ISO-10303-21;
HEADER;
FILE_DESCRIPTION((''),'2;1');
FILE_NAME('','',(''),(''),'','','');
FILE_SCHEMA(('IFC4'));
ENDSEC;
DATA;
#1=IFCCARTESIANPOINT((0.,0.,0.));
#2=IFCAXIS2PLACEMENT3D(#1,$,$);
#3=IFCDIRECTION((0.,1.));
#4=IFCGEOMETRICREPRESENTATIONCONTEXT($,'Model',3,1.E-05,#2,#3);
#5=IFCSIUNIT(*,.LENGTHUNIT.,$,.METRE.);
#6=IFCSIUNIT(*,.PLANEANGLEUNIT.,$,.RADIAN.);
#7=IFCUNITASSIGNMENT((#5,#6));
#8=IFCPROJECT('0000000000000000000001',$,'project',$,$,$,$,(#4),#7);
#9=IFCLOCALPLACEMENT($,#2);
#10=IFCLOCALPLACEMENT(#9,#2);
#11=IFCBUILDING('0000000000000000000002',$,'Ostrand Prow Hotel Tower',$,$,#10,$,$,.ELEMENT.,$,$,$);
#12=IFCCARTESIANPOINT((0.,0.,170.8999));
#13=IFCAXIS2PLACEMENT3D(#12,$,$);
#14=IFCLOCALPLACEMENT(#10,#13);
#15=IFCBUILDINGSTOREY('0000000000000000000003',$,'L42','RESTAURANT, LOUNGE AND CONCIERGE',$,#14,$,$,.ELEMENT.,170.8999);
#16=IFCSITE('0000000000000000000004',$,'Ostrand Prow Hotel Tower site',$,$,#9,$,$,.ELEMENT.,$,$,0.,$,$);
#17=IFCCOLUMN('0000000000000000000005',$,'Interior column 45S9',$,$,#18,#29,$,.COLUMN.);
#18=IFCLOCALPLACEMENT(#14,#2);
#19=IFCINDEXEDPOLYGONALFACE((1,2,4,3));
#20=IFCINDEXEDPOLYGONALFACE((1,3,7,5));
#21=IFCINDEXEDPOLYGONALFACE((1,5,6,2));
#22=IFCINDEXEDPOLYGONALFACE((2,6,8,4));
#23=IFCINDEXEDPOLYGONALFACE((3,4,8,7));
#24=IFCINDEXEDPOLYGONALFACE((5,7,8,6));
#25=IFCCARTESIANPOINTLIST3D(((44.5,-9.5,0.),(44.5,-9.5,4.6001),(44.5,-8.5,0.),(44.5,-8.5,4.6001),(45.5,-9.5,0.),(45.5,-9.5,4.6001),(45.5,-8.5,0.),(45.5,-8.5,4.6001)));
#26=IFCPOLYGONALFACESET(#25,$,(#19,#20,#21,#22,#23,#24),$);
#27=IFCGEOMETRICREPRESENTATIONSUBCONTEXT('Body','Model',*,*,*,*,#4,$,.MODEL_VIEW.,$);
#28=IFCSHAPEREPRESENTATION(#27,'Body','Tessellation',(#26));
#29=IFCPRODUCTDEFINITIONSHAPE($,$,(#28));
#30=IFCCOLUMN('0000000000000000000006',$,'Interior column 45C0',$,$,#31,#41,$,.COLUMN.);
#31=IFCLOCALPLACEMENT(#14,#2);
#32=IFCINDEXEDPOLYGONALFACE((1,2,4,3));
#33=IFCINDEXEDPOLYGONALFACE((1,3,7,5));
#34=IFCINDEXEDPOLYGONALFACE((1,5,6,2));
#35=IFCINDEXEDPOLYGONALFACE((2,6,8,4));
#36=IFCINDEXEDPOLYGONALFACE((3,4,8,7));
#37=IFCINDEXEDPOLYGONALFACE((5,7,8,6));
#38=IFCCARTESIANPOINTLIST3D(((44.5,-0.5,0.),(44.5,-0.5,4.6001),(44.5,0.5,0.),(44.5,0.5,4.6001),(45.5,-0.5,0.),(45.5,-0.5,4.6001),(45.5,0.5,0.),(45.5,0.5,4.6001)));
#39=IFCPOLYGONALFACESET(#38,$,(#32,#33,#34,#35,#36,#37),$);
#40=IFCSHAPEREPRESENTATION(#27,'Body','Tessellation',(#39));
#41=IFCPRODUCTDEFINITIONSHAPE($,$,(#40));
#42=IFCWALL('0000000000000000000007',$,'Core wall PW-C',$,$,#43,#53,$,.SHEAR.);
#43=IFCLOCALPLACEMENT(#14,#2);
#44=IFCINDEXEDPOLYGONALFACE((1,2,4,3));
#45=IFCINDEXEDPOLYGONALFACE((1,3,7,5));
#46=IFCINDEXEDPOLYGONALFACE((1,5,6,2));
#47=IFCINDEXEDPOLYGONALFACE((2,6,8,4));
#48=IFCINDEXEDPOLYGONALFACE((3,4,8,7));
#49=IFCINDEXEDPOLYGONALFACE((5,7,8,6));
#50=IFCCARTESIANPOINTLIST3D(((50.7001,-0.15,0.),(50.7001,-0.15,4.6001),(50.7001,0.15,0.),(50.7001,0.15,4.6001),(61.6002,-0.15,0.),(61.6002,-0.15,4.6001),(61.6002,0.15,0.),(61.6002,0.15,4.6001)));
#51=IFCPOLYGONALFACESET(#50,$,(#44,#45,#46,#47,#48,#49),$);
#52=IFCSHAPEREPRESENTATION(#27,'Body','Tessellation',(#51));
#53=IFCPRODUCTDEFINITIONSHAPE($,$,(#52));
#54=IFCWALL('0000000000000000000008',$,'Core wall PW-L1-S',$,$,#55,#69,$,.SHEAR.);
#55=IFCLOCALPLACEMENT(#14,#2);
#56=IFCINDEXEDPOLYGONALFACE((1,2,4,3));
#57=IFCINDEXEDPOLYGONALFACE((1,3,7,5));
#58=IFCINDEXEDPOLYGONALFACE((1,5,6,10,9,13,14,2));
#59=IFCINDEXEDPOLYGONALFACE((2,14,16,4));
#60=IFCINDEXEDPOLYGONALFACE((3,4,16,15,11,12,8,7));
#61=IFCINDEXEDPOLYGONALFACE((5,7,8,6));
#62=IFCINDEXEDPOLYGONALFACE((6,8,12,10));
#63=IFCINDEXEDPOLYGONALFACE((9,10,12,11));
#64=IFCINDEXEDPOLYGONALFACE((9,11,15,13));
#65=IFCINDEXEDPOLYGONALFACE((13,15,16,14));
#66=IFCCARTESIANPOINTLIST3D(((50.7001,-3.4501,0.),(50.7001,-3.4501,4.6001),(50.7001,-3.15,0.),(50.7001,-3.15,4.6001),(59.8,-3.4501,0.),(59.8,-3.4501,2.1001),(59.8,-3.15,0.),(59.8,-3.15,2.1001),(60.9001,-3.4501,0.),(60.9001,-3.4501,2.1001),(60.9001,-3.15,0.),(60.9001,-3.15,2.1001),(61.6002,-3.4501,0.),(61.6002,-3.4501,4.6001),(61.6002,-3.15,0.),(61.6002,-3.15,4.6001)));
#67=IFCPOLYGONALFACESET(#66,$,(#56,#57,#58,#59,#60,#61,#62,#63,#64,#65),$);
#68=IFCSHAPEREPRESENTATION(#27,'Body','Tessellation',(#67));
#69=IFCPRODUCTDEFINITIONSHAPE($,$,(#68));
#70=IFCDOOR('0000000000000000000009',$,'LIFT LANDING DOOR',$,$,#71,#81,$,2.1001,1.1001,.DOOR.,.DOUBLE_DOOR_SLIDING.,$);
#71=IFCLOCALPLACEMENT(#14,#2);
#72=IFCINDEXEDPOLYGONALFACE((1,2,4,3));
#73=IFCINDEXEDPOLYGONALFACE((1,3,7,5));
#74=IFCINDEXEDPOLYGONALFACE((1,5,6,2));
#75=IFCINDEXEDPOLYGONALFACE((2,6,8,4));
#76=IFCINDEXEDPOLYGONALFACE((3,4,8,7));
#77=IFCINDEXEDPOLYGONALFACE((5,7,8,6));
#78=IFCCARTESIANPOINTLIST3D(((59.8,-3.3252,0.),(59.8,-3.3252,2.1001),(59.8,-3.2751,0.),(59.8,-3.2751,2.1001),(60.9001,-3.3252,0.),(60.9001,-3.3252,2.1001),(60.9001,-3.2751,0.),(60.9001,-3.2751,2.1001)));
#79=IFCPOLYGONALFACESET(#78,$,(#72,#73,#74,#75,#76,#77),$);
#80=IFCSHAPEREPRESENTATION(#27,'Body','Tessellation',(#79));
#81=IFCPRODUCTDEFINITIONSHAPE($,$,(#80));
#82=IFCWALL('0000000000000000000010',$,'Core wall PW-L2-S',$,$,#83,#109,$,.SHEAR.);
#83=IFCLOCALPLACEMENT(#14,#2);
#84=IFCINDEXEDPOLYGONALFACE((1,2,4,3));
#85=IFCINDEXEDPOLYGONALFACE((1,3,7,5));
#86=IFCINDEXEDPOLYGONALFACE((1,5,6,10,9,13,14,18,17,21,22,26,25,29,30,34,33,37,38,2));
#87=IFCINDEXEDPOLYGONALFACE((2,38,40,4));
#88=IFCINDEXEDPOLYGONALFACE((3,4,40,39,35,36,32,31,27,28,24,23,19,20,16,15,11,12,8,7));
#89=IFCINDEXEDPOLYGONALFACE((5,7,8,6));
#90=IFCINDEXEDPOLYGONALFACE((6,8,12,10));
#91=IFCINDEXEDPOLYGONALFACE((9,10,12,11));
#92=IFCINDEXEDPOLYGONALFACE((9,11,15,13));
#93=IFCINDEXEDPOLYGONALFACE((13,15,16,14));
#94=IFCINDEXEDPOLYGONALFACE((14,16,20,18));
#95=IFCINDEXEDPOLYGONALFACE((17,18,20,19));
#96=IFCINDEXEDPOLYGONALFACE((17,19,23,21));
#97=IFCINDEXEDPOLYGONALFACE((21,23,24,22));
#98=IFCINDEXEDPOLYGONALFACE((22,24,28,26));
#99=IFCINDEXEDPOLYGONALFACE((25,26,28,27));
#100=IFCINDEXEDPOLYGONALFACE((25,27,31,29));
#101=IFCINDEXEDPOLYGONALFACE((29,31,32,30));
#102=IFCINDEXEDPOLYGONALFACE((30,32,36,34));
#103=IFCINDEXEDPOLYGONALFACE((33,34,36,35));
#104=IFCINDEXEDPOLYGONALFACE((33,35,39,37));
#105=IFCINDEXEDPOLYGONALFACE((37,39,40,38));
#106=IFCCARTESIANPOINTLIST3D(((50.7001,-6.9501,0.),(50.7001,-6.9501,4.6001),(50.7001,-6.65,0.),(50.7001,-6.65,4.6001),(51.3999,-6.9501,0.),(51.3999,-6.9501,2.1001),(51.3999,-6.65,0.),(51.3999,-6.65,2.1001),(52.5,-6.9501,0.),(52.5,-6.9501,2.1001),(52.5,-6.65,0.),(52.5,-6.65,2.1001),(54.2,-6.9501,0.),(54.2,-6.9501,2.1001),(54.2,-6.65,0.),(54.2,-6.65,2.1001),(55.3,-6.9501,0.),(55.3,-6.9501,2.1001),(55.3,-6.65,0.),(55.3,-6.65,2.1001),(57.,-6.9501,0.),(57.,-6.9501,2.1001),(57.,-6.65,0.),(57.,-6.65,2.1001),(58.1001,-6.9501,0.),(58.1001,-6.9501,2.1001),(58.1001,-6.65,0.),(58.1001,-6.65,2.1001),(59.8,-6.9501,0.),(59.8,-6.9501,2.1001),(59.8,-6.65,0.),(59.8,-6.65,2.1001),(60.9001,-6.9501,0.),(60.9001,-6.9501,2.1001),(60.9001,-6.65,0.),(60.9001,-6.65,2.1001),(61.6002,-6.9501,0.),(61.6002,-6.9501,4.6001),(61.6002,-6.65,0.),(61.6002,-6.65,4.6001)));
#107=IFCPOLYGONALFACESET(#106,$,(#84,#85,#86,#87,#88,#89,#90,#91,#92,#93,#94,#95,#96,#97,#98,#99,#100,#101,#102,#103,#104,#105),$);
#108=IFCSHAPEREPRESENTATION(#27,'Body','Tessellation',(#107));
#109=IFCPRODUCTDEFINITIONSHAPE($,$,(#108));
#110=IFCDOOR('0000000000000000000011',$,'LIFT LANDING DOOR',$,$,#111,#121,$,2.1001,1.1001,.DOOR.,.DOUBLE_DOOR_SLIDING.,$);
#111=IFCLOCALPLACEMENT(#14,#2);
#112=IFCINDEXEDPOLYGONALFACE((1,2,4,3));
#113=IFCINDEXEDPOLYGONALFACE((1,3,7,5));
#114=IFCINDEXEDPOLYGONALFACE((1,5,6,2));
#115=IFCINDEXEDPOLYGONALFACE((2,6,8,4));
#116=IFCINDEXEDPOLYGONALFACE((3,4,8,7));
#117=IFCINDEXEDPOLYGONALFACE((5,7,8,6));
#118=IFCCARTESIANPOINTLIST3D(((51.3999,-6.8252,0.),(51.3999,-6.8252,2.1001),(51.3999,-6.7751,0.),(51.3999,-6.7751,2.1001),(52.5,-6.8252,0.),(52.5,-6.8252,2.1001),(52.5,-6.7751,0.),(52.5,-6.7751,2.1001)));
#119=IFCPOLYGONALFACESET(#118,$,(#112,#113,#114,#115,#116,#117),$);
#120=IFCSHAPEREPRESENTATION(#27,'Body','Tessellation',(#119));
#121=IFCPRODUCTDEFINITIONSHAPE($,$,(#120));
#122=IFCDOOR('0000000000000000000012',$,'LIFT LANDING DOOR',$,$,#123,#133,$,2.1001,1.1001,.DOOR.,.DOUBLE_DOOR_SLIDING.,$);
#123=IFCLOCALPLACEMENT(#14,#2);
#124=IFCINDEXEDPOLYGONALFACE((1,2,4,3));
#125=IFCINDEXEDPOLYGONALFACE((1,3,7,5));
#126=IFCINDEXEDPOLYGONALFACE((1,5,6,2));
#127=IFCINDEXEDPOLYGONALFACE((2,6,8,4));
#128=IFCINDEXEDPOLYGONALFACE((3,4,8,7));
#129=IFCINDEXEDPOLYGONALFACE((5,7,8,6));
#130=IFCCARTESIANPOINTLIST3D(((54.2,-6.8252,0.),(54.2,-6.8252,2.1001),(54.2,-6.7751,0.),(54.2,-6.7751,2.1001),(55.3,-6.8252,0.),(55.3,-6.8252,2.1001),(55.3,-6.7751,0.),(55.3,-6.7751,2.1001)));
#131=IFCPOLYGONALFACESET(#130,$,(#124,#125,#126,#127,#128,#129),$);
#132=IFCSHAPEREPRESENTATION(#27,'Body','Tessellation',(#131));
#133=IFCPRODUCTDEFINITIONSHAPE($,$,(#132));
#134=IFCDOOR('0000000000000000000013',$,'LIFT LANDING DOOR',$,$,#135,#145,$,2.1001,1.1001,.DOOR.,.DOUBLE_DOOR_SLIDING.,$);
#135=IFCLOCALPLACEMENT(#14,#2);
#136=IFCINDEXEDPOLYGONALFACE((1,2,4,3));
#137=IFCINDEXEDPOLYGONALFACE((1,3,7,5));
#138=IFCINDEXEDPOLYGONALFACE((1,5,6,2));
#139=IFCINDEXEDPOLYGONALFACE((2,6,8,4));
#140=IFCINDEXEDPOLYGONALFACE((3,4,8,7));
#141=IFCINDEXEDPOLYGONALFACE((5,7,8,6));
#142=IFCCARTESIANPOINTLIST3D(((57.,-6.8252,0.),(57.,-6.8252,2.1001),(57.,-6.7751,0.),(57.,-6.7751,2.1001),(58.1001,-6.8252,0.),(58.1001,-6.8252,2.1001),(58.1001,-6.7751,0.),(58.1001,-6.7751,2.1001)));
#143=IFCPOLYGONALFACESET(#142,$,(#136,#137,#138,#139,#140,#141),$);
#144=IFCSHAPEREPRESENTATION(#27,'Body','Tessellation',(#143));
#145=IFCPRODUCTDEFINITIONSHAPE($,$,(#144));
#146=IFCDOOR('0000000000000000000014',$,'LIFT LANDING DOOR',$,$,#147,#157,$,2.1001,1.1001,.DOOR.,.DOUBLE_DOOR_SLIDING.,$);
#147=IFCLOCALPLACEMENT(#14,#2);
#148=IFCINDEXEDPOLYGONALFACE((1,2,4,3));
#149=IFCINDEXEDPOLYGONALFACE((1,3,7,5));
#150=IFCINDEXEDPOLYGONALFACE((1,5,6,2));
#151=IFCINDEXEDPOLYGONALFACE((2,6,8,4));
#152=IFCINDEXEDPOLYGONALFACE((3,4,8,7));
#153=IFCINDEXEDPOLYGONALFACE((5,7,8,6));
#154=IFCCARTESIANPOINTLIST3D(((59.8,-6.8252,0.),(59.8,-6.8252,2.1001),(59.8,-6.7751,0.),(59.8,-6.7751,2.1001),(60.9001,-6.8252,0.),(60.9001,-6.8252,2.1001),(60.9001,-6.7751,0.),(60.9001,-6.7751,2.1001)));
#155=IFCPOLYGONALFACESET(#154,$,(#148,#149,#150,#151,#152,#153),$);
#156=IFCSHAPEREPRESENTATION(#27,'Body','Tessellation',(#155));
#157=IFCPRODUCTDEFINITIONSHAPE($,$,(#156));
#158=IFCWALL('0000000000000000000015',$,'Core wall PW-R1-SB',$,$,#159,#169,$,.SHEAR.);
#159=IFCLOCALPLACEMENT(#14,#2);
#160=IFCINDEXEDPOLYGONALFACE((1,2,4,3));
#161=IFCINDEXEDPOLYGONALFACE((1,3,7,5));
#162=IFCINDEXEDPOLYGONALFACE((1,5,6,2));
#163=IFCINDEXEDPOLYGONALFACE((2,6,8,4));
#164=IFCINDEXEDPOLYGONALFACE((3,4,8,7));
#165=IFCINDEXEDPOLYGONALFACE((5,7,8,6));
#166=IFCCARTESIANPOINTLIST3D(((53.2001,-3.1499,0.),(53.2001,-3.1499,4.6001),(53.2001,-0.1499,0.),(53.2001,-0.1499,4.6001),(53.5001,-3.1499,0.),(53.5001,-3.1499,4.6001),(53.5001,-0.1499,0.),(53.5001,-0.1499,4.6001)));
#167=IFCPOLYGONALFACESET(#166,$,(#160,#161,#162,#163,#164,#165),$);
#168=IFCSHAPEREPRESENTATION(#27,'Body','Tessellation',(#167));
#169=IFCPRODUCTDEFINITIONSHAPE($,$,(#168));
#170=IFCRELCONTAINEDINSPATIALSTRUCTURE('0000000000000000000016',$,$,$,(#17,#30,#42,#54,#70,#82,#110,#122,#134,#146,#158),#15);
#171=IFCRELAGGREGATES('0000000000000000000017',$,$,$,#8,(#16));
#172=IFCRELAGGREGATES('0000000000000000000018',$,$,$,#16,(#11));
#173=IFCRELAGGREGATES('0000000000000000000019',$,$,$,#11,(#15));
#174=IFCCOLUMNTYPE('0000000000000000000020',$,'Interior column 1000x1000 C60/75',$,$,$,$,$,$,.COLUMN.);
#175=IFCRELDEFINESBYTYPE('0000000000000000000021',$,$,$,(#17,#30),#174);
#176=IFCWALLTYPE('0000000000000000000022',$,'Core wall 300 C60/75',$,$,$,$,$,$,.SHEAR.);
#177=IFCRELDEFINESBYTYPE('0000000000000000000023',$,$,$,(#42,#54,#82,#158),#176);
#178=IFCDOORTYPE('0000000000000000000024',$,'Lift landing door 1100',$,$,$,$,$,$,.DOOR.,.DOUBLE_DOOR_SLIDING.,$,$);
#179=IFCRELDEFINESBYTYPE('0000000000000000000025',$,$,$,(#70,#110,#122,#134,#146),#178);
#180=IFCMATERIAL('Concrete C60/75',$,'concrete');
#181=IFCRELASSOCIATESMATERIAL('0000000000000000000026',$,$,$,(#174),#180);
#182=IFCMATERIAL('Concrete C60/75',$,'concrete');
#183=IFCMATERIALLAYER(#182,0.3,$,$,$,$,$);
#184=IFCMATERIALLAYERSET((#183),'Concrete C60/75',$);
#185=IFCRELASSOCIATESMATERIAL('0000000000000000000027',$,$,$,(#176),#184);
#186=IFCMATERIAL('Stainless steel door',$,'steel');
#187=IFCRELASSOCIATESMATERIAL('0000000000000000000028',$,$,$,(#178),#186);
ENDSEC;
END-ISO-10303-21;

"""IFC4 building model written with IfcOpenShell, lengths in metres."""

from ifc_helpers import new_model, si_unit, direction, frame, frame_2d, origin, origin_2d, place, context, subcontext, project, spatial, rectangle, extrude, material, layer, layer_set, material_profile, profile_set, type_object, element, fill, save


model = new_model("IFC4")

# Units and contexts
model_context = context("Model", 3, precision=1e-05, world=origin(), true_north=direction((0.0, 1.0)))
body_context = subcontext(model_context, "Body", "Model", "MODEL_VIEW")
ifc_project = project(units=[si_unit("LENGTHUNIT", "METRE"), si_unit("PLANEANGLEUNIT", "RADIAN")], contexts=[model_context])

# Site, building, storey
site_placement = place(None, origin())
site = spatial("IfcSite", under=ifc_project, at=site_placement, Name="Ostrand Prow Hotel Tower site", CompositionType="ELEMENT", RefElevation=0.0)
building_placement = place(site_placement, origin())
building = spatial("IfcBuilding", under=site, at=building_placement, Name="Ostrand Prow Hotel Tower", CompositionType="ELEMENT")
storey_placement = place(building_placement, frame((0.0, 0.0, 170.8999)))
storey = spatial("IfcBuildingStorey", under=building, at=storey_placement, Name="L42", Description="RESTAURANT, LOUNGE AND CONCIERGE", CompositionType="ELEMENT", Elevation=170.8999)

# Columns
ifc_material_1 = material(Name="Concrete C60/75", Category="concrete")
ifc_material_profile = material_profile(ifc_material_1, rectangle(XDim=1.0, YDim=1.0, at=origin_2d()), Name="RC 1000x1000")
ifc_profile_set = profile_set([ifc_material_profile], Name="Concrete C60/75")
column_type = type_object("IfcColumnType", Name="Interior column 1000x1000 C60/75", PredefinedType="COLUMN", material=ifc_profile_set)
for number, where, z_axis, x_axis, name in (
    (1, (45.0, -9.0, 0.0), (0.0, 0.0, 1.0), (1.0, 0.0, 0.0), "Interior column 45S9"),
    (2, (45.0, 0.0, 0.0), (0.0, 0.0, 1.0), (1.0, 0.0, 0.0), "Interior column 45C0"),
):
    element("IfcColumn", number, at=place(storey_placement, frame(where, z_axis=z_axis, x_axis=x_axis)), inside=storey, type_object=column_type, Name=name, PredefinedType="COLUMN", context=body_context, shape_type="SweptSolid", body=[
        extrude(rectangle(XDim=1.0, YDim=1.0, at=origin_2d()), origin(), (0.0, 0.0, 1.0), 4.6001),
    ])

# Wall
ifc_material_2 = material(Name="Concrete C60/75", Category="concrete")
ifc_layer_1 = layer(ifc_material_2, 0.3)
ifc_layer_set_1 = layer_set([ifc_layer_1], Name="Concrete C60/75")
wall_type_1 = type_object("IfcWallType", Name="Core wall 300 C60/75", PredefinedType="SHEAR", material=ifc_layer_set_1)
wall_1_placement = place(storey_placement, frame((50.7, 0.0, 0.0), z_axis=(0.0, 0.0, 1.0), x_axis=(1.0, 0.0, 0.0)))
element("IfcWall", 3, at=wall_1_placement, inside=storey, type_object=wall_type_1, Name="Core wall PW-C", PredefinedType="SHEAR", context=body_context, shape_type="SweptSolid", body=[
    extrude(rectangle(XDim=10.9001, YDim=0.3, at=frame_2d((5.4502, 0.0))), origin(), (0.0, 0.0, 1.0), 4.6001),
])

# Wall, opening, door
wall_2_placement = place(storey_placement, frame((50.7, -3.3, 0.0), z_axis=(0.0, 0.0, 1.0), x_axis=(1.0, 0.0, 0.0)))
wall_2 = element("IfcWall", 4, at=wall_2_placement, inside=storey, type_object=wall_type_1, Name="Core wall PW-L1-S", PredefinedType="SHEAR", context=body_context, shape_type="SweptSolid", body=[
    extrude(rectangle(XDim=10.9001, YDim=0.3, at=frame_2d((5.4502, 0.0))), origin(), (0.0, 0.0, 1.0), 4.6001),
])
opening_1_placement = place(wall_2_placement, frame((9.1001, 0.0, 0.0)))
opening_1 = element("IfcOpeningElement", 5, at=opening_1_placement, cuts=wall_2, PredefinedType="OPENING", context=body_context, shape_type="SweptSolid", body=[
    extrude(rectangle(XDim=1.1001, YDim=2.1001, at=frame_2d((0.55, 1.05))), frame((0.0, 0.1599, 0.0), z_axis=(0.0, -1.0, 0.0), x_axis=(1.0, 0.0, 0.0)), (0.0, 0.0, 1.0), 0.3201),
])
ifc_material_3 = material(Name="Stainless steel door", Category="steel")
door_type_1 = type_object("IfcDoorType", Name="Lift landing door 1100", OperationType="DOUBLE_DOOR_SLIDING", PredefinedType="DOOR", material=ifc_material_3)
door_1_placement = place(opening_1_placement, origin())
door_1 = element("IfcDoor", 6, at=door_1_placement, inside=storey, type_object=door_type_1, Name="LIFT LANDING DOOR", OperationType="DOUBLE_DOOR_SLIDING", OverallHeight=2.1001, OverallWidth=1.1001, PredefinedType="DOOR", context=body_context, shape_type="SweptSolid", body=[
    extrude(rectangle(XDim=1.1001, YDim=2.1001, at=frame_2d((0.55, 1.05))), frame((0.0, 0.0249, 0.0), z_axis=(0.0, -1.0, 0.0), x_axis=(1.0, 0.0, 0.0)), (0.0, 0.0, 1.0), 0.05),
])
fill(opening_1, door_1)

# Wall, openings, doors
wall_3_placement = place(storey_placement, frame((50.7, -6.8, 0.0), z_axis=(0.0, 0.0, 1.0), x_axis=(1.0, 0.0, 0.0)))
wall_3 = element("IfcWall", 7, at=wall_3_placement, inside=storey, type_object=wall_type_1, Name="Core wall PW-L2-S", PredefinedType="SHEAR", context=body_context, shape_type="SweptSolid", body=[
    extrude(rectangle(XDim=10.9001, YDim=0.3, at=frame_2d((5.4502, 0.0))), origin(), (0.0, 0.0, 1.0), 4.6001),
])
opening_2_placement = place(wall_3_placement, frame((0.7, 0.0, 0.0)))
opening_2 = element("IfcOpeningElement", 8, at=opening_2_placement, cuts=wall_3, PredefinedType="OPENING", context=body_context, shape_type="SweptSolid", body=[
    extrude(rectangle(XDim=1.1001, YDim=2.1001, at=frame_2d((0.55, 1.05))), frame((0.0, 0.1599, 0.0), z_axis=(0.0, -1.0, 0.0), x_axis=(1.0, 0.0, 0.0)), (0.0, 0.0, 1.0), 0.3201),
])
opening_3_placement = place(wall_3_placement, frame((3.5, 0.0, 0.0)))
opening_3 = element("IfcOpeningElement", 9, at=opening_3_placement, cuts=wall_3, PredefinedType="OPENING", context=body_context, shape_type="SweptSolid", body=[
    extrude(rectangle(XDim=1.1001, YDim=2.1001, at=frame_2d((0.55, 1.05))), frame((0.0, 0.1599, 0.0), z_axis=(0.0, -1.0, 0.0), x_axis=(1.0, 0.0, 0.0)), (0.0, 0.0, 1.0), 0.3201),
])
opening_4_placement = place(wall_3_placement, frame((6.3, 0.0, 0.0)))
opening_4 = element("IfcOpeningElement", 10, at=opening_4_placement, cuts=wall_3, PredefinedType="OPENING", context=body_context, shape_type="SweptSolid", body=[
    extrude(rectangle(XDim=1.1001, YDim=2.1001, at=frame_2d((0.55, 1.05))), frame((0.0, 0.1599, 0.0), z_axis=(0.0, -1.0, 0.0), x_axis=(1.0, 0.0, 0.0)), (0.0, 0.0, 1.0), 0.3201),
])
opening_5_placement = place(wall_3_placement, frame((9.1001, 0.0, 0.0)))
opening_5 = element("IfcOpeningElement", 11, at=opening_5_placement, cuts=wall_3, PredefinedType="OPENING", context=body_context, shape_type="SweptSolid", body=[
    extrude(rectangle(XDim=1.1001, YDim=2.1001, at=frame_2d((0.55, 1.05))), frame((0.0, 0.1599, 0.0), z_axis=(0.0, -1.0, 0.0), x_axis=(1.0, 0.0, 0.0)), (0.0, 0.0, 1.0), 0.3201),
])
door_2_placement = place(opening_2_placement, origin())
door_2 = element("IfcDoor", 12, at=door_2_placement, inside=storey, type_object=door_type_1, Name="LIFT LANDING DOOR", OperationType="DOUBLE_DOOR_SLIDING", OverallHeight=2.1001, OverallWidth=1.1001, PredefinedType="DOOR", context=body_context, shape_type="SweptSolid", body=[
    extrude(rectangle(XDim=1.1001, YDim=2.1001, at=frame_2d((0.55, 1.05))), frame((0.0, 0.0249, 0.0), z_axis=(0.0, -1.0, 0.0), x_axis=(1.0, 0.0, 0.0)), (0.0, 0.0, 1.0), 0.05),
])
fill(opening_2, door_2)
door_3_placement = place(opening_3_placement, origin())
door_3 = element("IfcDoor", 13, at=door_3_placement, inside=storey, type_object=door_type_1, Name="LIFT LANDING DOOR", OperationType="DOUBLE_DOOR_SLIDING", OverallHeight=2.1001, OverallWidth=1.1001, PredefinedType="DOOR", context=body_context, shape_type="SweptSolid", body=[
    extrude(rectangle(XDim=1.1001, YDim=2.1001, at=frame_2d((0.55, 1.05))), frame((0.0, 0.0249, 0.0), z_axis=(0.0, -1.0, 0.0), x_axis=(1.0, 0.0, 0.0)), (0.0, 0.0, 1.0), 0.05),
])
fill(opening_3, door_3)
door_4_placement = place(opening_4_placement, origin())
door_4 = element("IfcDoor", 14, at=door_4_placement, inside=storey, type_object=door_type_1, Name="LIFT LANDING DOOR", OperationType="DOUBLE_DOOR_SLIDING", OverallHeight=2.1001, OverallWidth=1.1001, PredefinedType="DOOR", context=body_context, shape_type="SweptSolid", body=[
    extrude(rectangle(XDim=1.1001, YDim=2.1001, at=frame_2d((0.55, 1.05))), frame((0.0, 0.0249, 0.0), z_axis=(0.0, -1.0, 0.0), x_axis=(1.0, 0.0, 0.0)), (0.0, 0.0, 1.0), 0.05),
])
fill(opening_4, door_4)
door_5_placement = place(opening_5_placement, origin())
door_5 = element("IfcDoor", 15, at=door_5_placement, inside=storey, type_object=door_type_1, Name="LIFT LANDING DOOR", OperationType="DOUBLE_DOOR_SLIDING", OverallHeight=2.1001, OverallWidth=1.1001, PredefinedType="DOOR", context=body_context, shape_type="SweptSolid", body=[
    extrude(rectangle(XDim=1.1001, YDim=2.1001, at=frame_2d((0.55, 1.05))), frame((0.0, 0.0249, 0.0), z_axis=(0.0, -1.0, 0.0), x_axis=(1.0, 0.0, 0.0)), (0.0, 0.0, 1.0), 0.05),
])
fill(opening_5, door_5)

# Wall
for number, where, z_axis, x_axis, name in (
    (16, (53.3501, -3.1499, 0.0), (0.0, 0.0, 1.0), (0.0, 1.0, 0.0), "Core wall PW-R1-SB"),
):
    element("IfcWall", number, at=place(storey_placement, frame(where, z_axis=z_axis, x_axis=x_axis)), inside=storey, type_object=wall_type_1, Name=name, PredefinedType="SHEAR", context=body_context, shape_type="SweptSolid", body=[
        extrude(rectangle(XDim=3.0, YDim=0.3, at=frame_2d((1.5, 0.0))), origin(), (0.0, 0.0, 1.0), 4.6001),
    ])

save(model, "model.ifc")
